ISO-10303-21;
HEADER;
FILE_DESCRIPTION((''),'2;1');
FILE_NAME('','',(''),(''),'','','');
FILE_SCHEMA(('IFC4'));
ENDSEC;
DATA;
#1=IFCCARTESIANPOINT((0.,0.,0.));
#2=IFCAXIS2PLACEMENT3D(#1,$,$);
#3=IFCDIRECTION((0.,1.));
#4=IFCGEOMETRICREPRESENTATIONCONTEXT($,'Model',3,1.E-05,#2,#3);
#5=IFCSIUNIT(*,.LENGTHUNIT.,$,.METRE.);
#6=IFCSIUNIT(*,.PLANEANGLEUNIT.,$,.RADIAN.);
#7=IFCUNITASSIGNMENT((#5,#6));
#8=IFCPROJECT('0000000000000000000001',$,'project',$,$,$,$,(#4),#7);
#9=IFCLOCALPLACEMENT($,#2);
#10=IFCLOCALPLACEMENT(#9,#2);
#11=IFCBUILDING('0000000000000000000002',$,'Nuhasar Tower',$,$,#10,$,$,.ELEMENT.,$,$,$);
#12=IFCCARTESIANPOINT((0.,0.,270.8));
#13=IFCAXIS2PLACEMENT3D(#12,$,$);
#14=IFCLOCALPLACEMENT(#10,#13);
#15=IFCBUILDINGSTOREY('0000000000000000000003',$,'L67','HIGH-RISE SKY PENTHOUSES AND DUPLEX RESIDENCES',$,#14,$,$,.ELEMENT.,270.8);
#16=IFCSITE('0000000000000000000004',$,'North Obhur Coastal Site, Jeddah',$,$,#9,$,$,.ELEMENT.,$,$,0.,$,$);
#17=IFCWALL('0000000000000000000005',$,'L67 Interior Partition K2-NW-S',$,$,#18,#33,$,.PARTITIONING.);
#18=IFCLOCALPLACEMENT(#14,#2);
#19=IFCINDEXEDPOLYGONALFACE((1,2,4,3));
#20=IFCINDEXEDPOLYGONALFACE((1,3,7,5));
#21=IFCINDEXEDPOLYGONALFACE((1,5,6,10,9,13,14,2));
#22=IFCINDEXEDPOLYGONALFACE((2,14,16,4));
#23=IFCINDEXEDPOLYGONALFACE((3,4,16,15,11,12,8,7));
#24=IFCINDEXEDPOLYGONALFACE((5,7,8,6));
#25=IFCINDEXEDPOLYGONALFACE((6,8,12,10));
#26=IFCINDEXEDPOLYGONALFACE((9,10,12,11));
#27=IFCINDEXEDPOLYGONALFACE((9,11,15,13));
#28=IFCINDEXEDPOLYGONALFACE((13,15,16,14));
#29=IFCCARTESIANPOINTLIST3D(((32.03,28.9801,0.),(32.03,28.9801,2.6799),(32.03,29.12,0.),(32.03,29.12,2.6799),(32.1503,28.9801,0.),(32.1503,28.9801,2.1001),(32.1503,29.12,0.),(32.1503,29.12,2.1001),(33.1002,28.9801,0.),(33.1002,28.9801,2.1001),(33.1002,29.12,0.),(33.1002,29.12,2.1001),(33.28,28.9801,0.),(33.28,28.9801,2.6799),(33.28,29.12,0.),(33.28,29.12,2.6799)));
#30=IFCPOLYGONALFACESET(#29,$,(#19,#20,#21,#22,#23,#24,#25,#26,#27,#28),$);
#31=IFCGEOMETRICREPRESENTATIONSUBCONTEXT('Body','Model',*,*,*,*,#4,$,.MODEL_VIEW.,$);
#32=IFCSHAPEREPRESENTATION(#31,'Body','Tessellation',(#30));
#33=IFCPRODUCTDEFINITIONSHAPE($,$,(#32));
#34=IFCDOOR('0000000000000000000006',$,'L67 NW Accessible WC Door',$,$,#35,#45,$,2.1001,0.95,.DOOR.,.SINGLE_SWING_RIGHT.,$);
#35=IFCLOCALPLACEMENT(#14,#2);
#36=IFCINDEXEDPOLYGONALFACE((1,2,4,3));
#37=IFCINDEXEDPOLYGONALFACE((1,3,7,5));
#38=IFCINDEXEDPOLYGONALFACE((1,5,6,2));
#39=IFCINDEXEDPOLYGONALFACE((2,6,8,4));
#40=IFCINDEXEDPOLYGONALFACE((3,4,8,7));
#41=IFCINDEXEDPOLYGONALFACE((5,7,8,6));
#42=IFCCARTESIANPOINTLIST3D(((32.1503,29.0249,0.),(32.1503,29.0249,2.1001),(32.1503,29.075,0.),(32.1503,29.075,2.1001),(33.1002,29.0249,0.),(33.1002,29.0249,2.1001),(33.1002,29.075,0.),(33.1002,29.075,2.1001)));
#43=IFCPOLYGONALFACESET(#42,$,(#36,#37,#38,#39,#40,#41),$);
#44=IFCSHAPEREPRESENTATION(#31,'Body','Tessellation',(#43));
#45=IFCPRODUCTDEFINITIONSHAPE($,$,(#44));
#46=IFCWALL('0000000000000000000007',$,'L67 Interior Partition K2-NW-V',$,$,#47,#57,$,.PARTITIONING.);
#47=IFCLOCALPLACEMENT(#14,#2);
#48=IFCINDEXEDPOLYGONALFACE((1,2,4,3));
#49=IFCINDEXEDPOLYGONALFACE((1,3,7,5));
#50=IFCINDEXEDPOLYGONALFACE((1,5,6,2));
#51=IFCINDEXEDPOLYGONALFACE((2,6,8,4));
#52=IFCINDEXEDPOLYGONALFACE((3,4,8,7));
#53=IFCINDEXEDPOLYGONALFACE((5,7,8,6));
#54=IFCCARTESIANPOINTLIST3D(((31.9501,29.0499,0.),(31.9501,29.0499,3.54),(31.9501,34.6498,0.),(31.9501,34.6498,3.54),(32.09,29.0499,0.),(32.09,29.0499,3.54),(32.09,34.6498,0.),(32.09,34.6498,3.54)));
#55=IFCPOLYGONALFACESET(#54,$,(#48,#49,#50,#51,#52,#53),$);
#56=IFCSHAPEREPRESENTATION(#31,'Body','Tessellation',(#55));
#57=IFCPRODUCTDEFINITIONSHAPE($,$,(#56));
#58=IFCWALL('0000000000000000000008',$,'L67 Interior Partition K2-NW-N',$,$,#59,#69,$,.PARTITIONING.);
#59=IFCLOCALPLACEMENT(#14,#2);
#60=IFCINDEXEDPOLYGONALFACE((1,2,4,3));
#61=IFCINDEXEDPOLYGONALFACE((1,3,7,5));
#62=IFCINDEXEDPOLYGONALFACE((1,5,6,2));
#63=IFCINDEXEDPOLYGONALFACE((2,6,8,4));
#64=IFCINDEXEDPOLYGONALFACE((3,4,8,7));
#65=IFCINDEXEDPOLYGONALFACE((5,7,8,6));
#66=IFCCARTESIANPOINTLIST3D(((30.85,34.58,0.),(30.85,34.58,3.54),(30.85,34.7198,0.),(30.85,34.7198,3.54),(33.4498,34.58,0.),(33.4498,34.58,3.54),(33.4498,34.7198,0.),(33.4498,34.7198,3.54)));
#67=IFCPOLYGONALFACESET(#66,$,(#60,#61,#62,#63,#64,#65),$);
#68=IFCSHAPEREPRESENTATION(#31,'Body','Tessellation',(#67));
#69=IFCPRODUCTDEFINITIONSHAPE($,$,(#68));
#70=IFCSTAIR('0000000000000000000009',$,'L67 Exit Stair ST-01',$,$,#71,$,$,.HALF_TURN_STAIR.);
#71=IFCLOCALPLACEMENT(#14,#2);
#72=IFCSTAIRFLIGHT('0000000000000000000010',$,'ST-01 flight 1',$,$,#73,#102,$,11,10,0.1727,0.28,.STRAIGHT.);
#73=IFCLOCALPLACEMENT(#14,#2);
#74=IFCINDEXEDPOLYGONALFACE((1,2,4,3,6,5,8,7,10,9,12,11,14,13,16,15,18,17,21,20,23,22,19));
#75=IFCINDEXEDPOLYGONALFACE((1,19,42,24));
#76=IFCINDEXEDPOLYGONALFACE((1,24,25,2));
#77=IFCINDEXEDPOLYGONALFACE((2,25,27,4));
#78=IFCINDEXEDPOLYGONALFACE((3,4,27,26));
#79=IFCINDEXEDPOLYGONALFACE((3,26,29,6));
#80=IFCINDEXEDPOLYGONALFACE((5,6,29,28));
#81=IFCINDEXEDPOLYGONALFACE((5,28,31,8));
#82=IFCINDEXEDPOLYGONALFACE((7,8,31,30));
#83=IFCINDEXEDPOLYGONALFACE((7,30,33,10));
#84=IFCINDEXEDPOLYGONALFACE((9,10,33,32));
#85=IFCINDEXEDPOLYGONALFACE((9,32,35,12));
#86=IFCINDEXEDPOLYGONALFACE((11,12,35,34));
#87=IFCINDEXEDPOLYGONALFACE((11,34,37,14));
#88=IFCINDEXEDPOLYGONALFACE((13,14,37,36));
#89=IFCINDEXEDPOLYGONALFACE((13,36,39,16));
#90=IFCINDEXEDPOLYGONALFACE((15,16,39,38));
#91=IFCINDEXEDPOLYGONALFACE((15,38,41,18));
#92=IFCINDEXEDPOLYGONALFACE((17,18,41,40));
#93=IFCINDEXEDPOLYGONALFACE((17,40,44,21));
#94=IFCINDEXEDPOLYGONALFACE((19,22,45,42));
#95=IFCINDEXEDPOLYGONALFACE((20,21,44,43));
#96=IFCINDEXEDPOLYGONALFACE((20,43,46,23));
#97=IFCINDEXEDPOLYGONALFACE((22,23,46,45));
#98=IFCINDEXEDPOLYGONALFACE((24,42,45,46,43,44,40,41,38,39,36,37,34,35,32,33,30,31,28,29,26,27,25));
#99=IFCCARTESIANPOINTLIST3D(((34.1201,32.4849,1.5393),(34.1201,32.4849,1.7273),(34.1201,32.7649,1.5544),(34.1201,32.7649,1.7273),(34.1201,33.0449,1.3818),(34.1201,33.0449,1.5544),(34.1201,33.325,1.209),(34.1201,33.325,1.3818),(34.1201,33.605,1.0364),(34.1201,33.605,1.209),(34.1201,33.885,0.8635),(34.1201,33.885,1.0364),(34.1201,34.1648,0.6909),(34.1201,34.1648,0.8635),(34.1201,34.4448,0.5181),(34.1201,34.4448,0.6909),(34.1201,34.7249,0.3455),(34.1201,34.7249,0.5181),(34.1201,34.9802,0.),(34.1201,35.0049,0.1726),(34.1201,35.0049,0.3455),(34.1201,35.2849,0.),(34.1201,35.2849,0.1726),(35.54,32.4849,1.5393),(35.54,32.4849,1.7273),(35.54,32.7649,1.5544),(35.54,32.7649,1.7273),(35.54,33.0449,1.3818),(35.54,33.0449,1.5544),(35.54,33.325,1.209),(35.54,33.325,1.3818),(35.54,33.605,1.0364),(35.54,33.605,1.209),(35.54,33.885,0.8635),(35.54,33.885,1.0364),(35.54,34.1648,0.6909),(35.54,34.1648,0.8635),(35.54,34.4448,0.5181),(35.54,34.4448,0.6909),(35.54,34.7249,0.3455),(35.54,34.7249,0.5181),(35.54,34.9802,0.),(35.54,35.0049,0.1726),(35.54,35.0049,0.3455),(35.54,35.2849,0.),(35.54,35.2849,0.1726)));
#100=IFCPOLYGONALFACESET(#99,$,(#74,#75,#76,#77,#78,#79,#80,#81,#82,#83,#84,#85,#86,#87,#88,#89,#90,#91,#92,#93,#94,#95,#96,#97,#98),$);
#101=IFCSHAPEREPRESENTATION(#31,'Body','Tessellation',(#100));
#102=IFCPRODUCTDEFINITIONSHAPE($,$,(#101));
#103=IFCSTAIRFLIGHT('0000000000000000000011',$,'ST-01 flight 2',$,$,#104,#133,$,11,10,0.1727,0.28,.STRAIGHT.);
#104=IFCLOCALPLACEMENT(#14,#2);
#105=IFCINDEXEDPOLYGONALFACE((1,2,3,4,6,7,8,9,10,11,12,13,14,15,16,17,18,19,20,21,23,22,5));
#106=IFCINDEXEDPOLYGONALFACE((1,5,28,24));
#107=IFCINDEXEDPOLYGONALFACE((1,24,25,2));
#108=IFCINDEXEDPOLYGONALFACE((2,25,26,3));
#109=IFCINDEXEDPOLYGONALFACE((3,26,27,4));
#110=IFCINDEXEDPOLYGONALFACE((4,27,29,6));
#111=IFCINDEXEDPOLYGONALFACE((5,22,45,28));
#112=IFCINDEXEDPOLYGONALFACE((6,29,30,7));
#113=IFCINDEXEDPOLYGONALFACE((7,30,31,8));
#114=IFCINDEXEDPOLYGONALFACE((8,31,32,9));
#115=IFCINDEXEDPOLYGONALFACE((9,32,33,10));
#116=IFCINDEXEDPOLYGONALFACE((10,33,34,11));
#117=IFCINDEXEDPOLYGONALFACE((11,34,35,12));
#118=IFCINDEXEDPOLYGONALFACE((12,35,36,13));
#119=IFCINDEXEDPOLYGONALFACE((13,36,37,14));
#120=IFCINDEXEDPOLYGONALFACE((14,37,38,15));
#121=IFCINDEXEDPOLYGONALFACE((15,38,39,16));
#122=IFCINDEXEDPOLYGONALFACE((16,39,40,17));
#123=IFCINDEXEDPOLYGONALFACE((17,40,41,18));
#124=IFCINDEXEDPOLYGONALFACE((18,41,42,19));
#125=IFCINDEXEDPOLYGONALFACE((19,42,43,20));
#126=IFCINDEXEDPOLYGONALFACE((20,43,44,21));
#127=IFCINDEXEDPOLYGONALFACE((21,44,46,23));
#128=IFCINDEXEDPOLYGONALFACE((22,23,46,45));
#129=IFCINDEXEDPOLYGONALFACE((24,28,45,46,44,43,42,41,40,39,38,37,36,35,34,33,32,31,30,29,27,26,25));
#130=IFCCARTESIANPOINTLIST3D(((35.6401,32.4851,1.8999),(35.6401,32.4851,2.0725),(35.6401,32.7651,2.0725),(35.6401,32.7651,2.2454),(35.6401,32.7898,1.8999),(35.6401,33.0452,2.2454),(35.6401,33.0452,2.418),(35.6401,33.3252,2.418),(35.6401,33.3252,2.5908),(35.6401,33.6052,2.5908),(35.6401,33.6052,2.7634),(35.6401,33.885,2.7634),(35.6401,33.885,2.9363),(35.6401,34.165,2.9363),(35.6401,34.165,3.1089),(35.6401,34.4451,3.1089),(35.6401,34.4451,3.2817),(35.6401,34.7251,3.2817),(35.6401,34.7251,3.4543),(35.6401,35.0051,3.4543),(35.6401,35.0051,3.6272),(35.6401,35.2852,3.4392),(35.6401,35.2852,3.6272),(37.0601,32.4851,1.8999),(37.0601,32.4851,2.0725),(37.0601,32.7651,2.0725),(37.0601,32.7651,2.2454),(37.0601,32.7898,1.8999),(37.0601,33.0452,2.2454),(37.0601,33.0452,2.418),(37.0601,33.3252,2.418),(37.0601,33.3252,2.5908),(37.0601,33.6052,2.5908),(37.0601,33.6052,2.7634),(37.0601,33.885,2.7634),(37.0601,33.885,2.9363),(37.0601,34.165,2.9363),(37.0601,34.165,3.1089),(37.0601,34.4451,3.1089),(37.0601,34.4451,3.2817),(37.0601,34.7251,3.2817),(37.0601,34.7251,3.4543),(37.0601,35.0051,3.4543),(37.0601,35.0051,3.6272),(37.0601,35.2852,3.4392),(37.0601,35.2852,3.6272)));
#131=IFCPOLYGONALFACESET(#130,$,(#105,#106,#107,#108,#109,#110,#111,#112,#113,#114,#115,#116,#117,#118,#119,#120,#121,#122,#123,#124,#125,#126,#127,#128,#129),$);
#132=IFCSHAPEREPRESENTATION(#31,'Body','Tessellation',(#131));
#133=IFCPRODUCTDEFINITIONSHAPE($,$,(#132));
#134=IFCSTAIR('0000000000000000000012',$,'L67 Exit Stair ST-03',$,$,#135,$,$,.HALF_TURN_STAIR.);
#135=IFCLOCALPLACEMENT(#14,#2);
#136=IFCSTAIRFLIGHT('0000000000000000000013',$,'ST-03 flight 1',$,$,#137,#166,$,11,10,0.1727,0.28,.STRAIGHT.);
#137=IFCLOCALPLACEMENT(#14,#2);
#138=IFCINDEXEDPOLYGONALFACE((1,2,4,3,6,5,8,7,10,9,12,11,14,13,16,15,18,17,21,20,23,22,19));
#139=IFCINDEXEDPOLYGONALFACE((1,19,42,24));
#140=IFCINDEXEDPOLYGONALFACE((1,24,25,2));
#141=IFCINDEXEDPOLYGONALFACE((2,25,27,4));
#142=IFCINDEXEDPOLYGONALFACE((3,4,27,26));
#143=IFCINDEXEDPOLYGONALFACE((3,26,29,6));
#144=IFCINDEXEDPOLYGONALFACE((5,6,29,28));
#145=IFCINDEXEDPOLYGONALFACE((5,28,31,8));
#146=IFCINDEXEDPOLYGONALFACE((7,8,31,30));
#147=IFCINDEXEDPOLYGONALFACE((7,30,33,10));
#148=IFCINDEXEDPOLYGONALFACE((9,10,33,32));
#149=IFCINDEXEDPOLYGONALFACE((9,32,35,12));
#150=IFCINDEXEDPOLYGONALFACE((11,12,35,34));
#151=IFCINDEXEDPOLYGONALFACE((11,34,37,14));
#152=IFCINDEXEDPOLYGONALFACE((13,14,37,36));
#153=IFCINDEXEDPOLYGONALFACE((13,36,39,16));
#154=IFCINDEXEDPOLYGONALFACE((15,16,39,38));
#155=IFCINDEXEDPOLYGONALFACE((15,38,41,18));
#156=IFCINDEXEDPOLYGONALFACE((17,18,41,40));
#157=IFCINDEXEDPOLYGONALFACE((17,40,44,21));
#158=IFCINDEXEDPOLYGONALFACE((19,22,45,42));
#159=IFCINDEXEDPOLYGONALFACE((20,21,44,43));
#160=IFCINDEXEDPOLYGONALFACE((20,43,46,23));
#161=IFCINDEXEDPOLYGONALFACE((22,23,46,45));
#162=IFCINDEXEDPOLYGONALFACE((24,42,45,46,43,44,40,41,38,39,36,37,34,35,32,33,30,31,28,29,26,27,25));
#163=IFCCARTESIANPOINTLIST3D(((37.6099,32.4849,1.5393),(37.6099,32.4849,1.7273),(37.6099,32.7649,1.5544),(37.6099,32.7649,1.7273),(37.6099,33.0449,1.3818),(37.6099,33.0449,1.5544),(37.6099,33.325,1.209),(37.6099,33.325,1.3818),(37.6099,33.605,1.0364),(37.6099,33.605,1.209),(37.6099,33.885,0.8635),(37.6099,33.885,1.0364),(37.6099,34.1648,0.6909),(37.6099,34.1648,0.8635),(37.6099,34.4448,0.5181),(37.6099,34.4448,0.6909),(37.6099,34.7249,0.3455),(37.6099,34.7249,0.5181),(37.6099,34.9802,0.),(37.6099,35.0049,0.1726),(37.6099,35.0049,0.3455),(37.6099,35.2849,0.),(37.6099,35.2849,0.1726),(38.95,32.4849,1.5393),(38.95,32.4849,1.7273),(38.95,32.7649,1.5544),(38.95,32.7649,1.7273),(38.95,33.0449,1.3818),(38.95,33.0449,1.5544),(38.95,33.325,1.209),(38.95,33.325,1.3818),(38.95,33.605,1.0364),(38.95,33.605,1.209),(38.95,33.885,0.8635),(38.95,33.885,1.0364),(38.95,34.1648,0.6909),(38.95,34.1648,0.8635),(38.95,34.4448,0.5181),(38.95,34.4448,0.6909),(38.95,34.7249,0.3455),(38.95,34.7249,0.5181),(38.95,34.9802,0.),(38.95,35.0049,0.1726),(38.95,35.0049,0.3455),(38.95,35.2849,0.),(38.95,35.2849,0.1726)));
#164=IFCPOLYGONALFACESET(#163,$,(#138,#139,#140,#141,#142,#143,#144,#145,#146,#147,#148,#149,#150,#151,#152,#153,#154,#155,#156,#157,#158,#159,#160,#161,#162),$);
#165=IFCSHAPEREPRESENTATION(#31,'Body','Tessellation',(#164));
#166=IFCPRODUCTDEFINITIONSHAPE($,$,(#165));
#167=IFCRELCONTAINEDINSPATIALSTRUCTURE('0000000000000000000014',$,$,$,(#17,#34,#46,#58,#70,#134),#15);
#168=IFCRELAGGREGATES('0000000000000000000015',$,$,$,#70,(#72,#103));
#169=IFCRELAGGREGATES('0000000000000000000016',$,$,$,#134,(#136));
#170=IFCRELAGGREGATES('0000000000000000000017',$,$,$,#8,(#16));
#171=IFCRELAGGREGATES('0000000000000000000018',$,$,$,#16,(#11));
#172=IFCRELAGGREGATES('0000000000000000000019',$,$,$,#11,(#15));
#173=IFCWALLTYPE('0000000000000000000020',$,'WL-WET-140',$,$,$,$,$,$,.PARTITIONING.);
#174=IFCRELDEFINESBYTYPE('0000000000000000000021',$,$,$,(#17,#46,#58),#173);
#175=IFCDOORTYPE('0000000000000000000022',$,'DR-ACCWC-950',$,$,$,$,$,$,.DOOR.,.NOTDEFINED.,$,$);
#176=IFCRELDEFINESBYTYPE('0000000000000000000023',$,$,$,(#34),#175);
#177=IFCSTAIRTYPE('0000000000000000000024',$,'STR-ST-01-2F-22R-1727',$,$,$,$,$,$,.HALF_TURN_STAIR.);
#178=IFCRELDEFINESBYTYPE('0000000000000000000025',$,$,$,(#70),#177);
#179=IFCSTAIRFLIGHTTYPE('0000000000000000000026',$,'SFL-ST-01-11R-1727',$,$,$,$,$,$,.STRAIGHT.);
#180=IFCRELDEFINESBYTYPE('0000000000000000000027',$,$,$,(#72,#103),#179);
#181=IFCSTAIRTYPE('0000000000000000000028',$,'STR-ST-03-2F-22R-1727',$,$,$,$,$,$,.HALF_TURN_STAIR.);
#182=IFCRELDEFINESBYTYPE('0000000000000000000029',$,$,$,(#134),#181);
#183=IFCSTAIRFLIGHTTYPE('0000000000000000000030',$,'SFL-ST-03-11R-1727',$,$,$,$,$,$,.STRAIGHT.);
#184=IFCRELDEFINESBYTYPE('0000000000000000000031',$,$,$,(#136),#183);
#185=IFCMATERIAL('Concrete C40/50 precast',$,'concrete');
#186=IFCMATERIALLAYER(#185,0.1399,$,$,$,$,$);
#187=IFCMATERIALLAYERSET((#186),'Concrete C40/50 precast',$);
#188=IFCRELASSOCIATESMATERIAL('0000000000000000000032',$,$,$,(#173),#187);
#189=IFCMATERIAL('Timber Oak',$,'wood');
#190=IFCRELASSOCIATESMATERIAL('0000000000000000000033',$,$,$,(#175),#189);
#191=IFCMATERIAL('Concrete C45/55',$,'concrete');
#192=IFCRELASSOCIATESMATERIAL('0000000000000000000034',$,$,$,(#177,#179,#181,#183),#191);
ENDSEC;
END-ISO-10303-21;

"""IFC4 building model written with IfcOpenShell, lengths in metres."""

from ifc_helpers import new_model, si_unit, direction, frame, frame_2d, origin, place, context, subcontext, project, spatial, polyline, rectangle, outline, extrude, material, layer, layer_set, type_object, element, fill, aggregate, save


model = new_model("IFC4")

# Units and contexts
model_context = context("Model", 3, precision=1e-05, world=origin(), true_north=direction((0.0, 1.0)))
body_context = subcontext(model_context, "Body", "Model", "MODEL_VIEW")
ifc_project = project(units=[si_unit("LENGTHUNIT", "METRE"), si_unit("PLANEANGLEUNIT", "RADIAN")], contexts=[model_context])

# Site, building, storey
site_placement = place(None, origin())
site = spatial("IfcSite", under=ifc_project, at=site_placement, Name="North Obhur Coastal Site, Jeddah", CompositionType="ELEMENT", RefElevation=0.0)
building_placement = place(site_placement, origin())
building = spatial("IfcBuilding", under=site, at=building_placement, Name="Nuhasar Tower", CompositionType="ELEMENT")
storey_placement = place(building_placement, frame((0.0, 0.0, 270.8)))
storey = spatial("IfcBuildingStorey", under=building, at=storey_placement, Name="L67", Description="HIGH-RISE SKY PENTHOUSES AND DUPLEX RESIDENCES", CompositionType="ELEMENT", Elevation=270.8)

# Shared definitions
ifc_material_1 = material(Name="Concrete C40/50 precast", Category="concrete")
ifc_layer_1 = layer(ifc_material_1, 0.1399)
ifc_layer_set_1 = layer_set([ifc_layer_1], Name="Concrete C40/50 precast")
wall_type_1 = type_object("IfcWallType", Name="WL-WET-140", PredefinedType="PARTITIONING", material=ifc_layer_set_1)

# Wall, opening, door
wall_1_placement = place(storey_placement, frame((32.03, 29.05, 0.0), z_axis=(0.0, 0.0, 1.0), x_axis=(1.0, 0.0, 0.0)))
wall_1 = element("IfcWall", 1, at=wall_1_placement, inside=storey, type_object=wall_type_1, Name="L67 Interior Partition K2-NW-S", PredefinedType="PARTITIONING", context=body_context, shape_type="SweptSolid", body=[
    extrude(rectangle(XDim=1.25, YDim=0.1399, at=frame_2d((0.625, 0.0))), origin(), (0.0, 0.0, 1.0), 2.6799),
])
opening_placement = place(wall_1_placement, frame((0.1201, 0.0, 0.0)))
opening = element("IfcOpeningElement", 2, at=opening_placement, cuts=wall_1, PredefinedType="OPENING", context=body_context, shape_type="SweptSolid", body=[
    extrude(rectangle(XDim=0.95, YDim=2.1001, at=frame_2d((0.4751, 1.05))), frame((0.0, 0.0801, 0.0), z_axis=(0.0, -1.0, 0.0), x_axis=(1.0, 0.0, 0.0)), (0.0, 0.0, 1.0), 0.1599),
])
ifc_material_2 = material(Name="Timber Oak", Category="wood")
door_type = type_object("IfcDoorType", Name="DR-ACCWC-950", OperationType="NOTDEFINED", PredefinedType="DOOR", material=ifc_material_2)
door_placement = place(opening_placement, origin())
door = element("IfcDoor", 3, at=door_placement, inside=storey, type_object=door_type, Name="L67 NW Accessible WC Door", OperationType="SINGLE_SWING_RIGHT", OverallHeight=2.1001, OverallWidth=0.95, PredefinedType="DOOR", context=body_context, shape_type="SweptSolid", body=[
    extrude(rectangle(XDim=0.95, YDim=2.1001, at=frame_2d((0.4751, 1.05))), frame((0.0, 0.0249, 0.0), z_axis=(0.0, -1.0, 0.0), x_axis=(1.0, 0.0, 0.0)), (0.0, 0.0, 1.0), 0.05),
])
fill(opening, door)

# Walls
wall_2_placement = place(storey_placement, frame((32.02, 29.05, 0.0), z_axis=(0.0, 0.0, 1.0), x_axis=(0.0, 1.0, 0.0)))
element("IfcWall", 4, at=wall_2_placement, inside=storey, type_object=wall_type_1, Name="L67 Interior Partition K2-NW-V", PredefinedType="PARTITIONING", context=body_context, shape_type="SweptSolid", body=[
    extrude(rectangle(XDim=5.5999, YDim=0.1399, at=frame_2d((2.7998, 0.0))), origin(), (0.0, 0.0, 1.0), 3.54),
])
wall_3_placement = place(storey_placement, frame((30.8501, 34.6499, 0.0), z_axis=(0.0, 0.0, 1.0), x_axis=(1.0, 0.0, 0.0)))
element("IfcWall", 5, at=wall_3_placement, inside=storey, type_object=wall_type_1, Name="L67 Interior Partition K2-NW-N", PredefinedType="PARTITIONING", context=body_context, shape_type="SweptSolid", body=[
    extrude(rectangle(XDim=2.5999, YDim=0.1399, at=frame_2d((1.2998, 0.0))), origin(), (0.0, 0.0, 1.0), 3.54),
])

# Stair, stair flights
ifc_material_3 = material(Name="Concrete C45/55", Category="concrete")
stair_type_1 = type_object("IfcStairType", Name="STR-ST-01-2F-22R-1727", PredefinedType="HALF_TURN_STAIR", material=ifc_material_3)
stair_1_placement = place(storey_placement, origin())
stair_1 = element("IfcStair", 6, at=stair_1_placement, inside=storey, type_object=stair_type_1, Name="L67 Exit Stair ST-01", PredefinedType="HALF_TURN_STAIR")
stair_flight_type_1 = type_object("IfcStairFlightType", Name="SFL-ST-01-11R-1727", PredefinedType="STRAIGHT", material=ifc_material_3)
stair_flight_1_placement = place(storey_placement, frame((34.8301, 35.2849, 0.0), z_axis=(0.0, 0.0, 1.0), x_axis=(0.0, -1.0, 0.0)))
stair_flight_1 = element("IfcStairFlight", 7, at=stair_flight_1_placement, type_object=stair_flight_type_1, Name="ST-01 flight 1", NumberOfRisers=11, NumberOfTreads=10, PredefinedType="STRAIGHT", RiserHeight=0.1727, TreadLength=0.28, context=body_context, shape_type="SweptSolid", body=[
    extrude(outline(polyline([(0.0, 0.0), (0.0, 0.1726), (0.28, 0.1726), (0.28, 0.3455), (0.5601, 0.3455), (0.5601, 0.5181), (0.8401, 0.5181), (0.8401, 0.6909), (1.1201, 0.6909), (1.1201, 0.8635), (1.3999, 0.8635), (1.3999, 1.0364), (1.6799, 1.0364), (1.6799, 1.209), (1.96, 1.209), (1.96, 1.3818), (2.24, 1.3818), (2.24, 1.5544), (2.52, 1.5544), (2.52, 1.7273), (2.8, 1.7273), (2.8, 1.8999), (2.8, 1.5393), (0.3047, 0.0), (0.0, 0.0)])), frame((0.0, 0.71, 0.0), z_axis=(0.0, -1.0, 0.0), x_axis=(1.0, 0.0, 0.0)), (0.0, 0.0, 1.0), 1.4199),
])
stair_flight_2_placement = place(storey_placement, frame((36.3501, 32.4851, 1.8999), z_axis=(0.0, 0.0, 1.0), x_axis=(0.0, 1.0, 0.0)))
stair_flight_2 = element("IfcStairFlight", 8, at=stair_flight_2_placement, type_object=stair_flight_type_1, Name="ST-01 flight 2", NumberOfRisers=11, NumberOfTreads=10, PredefinedType="STRAIGHT", RiserHeight=0.1727, TreadLength=0.28, context=body_context, shape_type="SweptSolid", body=[
    extrude(outline(polyline([(0.0, 0.0), (0.0, 0.1726), (0.28, 0.1726), (0.28, 0.3455), (0.5601, 0.3455), (0.5601, 0.5181), (0.8401, 0.5181), (0.8401, 0.6909), (1.1201, 0.6909), (1.1201, 0.8635), (1.3999, 0.8635), (1.3999, 1.0364), (1.6799, 1.0364), (1.6799, 1.209), (1.96, 1.209), (1.96, 1.3818), (2.24, 1.3818), (2.24, 1.5544), (2.52, 1.5544), (2.52, 1.7273), (2.8, 1.7273), (2.8, 1.8999), (2.8, 1.5393), (0.3047, 0.0), (0.0, 0.0)])), frame((0.0, 0.71, 0.0), z_axis=(0.0, -1.0, 0.0), x_axis=(1.0, 0.0, 0.0)), (0.0, 0.0, 1.0), 1.4199),
])
aggregate(stair_1, [stair_flight_1, stair_flight_2])

# Stair, stair flight
stair_type_2 = type_object("IfcStairType", Name="STR-ST-03-2F-22R-1727", PredefinedType="HALF_TURN_STAIR", material=ifc_material_3)
stair_2_placement = place(storey_placement, origin())
stair_2 = element("IfcStair", 9, at=stair_2_placement, inside=storey, type_object=stair_type_2, Name="L67 Exit Stair ST-03", PredefinedType="HALF_TURN_STAIR")
stair_flight_type_2 = type_object("IfcStairFlightType", Name="SFL-ST-03-11R-1727", PredefinedType="STRAIGHT", material=ifc_material_3)
stair_flight_3_placement = place(storey_placement, frame((38.28, 35.2849, 0.0), z_axis=(0.0, 0.0, 1.0), x_axis=(0.0, -1.0, 0.0)))
stair_flight_3 = element("IfcStairFlight", 10, at=stair_flight_3_placement, type_object=stair_flight_type_2, Name="ST-03 flight 1", NumberOfRisers=11, NumberOfTreads=10, PredefinedType="STRAIGHT", RiserHeight=0.1727, TreadLength=0.28, context=body_context, shape_type="SweptSolid", body=[
    extrude(outline(polyline([(0.0, 0.0), (0.0, 0.1726), (0.28, 0.1726), (0.28, 0.3455), (0.5601, 0.3455), (0.5601, 0.5181), (0.8401, 0.5181), (0.8401, 0.6909), (1.1201, 0.6909), (1.1201, 0.8635), (1.3999, 0.8635), (1.3999, 1.0364), (1.6799, 1.0364), (1.6799, 1.209), (1.96, 1.209), (1.96, 1.3818), (2.24, 1.3818), (2.24, 1.5544), (2.52, 1.5544), (2.52, 1.7273), (2.8, 1.7273), (2.8, 1.8999), (2.8, 1.5393), (0.3047, 0.0), (0.0, 0.0)])), frame((0.0, 0.6699, 0.0), z_axis=(0.0, -1.0, 0.0), x_axis=(1.0, 0.0, 0.0)), (0.0, 0.0, 1.0), 1.3401),
])
aggregate(stair_2, [stair_flight_3])

save(model, "model.ifc")
